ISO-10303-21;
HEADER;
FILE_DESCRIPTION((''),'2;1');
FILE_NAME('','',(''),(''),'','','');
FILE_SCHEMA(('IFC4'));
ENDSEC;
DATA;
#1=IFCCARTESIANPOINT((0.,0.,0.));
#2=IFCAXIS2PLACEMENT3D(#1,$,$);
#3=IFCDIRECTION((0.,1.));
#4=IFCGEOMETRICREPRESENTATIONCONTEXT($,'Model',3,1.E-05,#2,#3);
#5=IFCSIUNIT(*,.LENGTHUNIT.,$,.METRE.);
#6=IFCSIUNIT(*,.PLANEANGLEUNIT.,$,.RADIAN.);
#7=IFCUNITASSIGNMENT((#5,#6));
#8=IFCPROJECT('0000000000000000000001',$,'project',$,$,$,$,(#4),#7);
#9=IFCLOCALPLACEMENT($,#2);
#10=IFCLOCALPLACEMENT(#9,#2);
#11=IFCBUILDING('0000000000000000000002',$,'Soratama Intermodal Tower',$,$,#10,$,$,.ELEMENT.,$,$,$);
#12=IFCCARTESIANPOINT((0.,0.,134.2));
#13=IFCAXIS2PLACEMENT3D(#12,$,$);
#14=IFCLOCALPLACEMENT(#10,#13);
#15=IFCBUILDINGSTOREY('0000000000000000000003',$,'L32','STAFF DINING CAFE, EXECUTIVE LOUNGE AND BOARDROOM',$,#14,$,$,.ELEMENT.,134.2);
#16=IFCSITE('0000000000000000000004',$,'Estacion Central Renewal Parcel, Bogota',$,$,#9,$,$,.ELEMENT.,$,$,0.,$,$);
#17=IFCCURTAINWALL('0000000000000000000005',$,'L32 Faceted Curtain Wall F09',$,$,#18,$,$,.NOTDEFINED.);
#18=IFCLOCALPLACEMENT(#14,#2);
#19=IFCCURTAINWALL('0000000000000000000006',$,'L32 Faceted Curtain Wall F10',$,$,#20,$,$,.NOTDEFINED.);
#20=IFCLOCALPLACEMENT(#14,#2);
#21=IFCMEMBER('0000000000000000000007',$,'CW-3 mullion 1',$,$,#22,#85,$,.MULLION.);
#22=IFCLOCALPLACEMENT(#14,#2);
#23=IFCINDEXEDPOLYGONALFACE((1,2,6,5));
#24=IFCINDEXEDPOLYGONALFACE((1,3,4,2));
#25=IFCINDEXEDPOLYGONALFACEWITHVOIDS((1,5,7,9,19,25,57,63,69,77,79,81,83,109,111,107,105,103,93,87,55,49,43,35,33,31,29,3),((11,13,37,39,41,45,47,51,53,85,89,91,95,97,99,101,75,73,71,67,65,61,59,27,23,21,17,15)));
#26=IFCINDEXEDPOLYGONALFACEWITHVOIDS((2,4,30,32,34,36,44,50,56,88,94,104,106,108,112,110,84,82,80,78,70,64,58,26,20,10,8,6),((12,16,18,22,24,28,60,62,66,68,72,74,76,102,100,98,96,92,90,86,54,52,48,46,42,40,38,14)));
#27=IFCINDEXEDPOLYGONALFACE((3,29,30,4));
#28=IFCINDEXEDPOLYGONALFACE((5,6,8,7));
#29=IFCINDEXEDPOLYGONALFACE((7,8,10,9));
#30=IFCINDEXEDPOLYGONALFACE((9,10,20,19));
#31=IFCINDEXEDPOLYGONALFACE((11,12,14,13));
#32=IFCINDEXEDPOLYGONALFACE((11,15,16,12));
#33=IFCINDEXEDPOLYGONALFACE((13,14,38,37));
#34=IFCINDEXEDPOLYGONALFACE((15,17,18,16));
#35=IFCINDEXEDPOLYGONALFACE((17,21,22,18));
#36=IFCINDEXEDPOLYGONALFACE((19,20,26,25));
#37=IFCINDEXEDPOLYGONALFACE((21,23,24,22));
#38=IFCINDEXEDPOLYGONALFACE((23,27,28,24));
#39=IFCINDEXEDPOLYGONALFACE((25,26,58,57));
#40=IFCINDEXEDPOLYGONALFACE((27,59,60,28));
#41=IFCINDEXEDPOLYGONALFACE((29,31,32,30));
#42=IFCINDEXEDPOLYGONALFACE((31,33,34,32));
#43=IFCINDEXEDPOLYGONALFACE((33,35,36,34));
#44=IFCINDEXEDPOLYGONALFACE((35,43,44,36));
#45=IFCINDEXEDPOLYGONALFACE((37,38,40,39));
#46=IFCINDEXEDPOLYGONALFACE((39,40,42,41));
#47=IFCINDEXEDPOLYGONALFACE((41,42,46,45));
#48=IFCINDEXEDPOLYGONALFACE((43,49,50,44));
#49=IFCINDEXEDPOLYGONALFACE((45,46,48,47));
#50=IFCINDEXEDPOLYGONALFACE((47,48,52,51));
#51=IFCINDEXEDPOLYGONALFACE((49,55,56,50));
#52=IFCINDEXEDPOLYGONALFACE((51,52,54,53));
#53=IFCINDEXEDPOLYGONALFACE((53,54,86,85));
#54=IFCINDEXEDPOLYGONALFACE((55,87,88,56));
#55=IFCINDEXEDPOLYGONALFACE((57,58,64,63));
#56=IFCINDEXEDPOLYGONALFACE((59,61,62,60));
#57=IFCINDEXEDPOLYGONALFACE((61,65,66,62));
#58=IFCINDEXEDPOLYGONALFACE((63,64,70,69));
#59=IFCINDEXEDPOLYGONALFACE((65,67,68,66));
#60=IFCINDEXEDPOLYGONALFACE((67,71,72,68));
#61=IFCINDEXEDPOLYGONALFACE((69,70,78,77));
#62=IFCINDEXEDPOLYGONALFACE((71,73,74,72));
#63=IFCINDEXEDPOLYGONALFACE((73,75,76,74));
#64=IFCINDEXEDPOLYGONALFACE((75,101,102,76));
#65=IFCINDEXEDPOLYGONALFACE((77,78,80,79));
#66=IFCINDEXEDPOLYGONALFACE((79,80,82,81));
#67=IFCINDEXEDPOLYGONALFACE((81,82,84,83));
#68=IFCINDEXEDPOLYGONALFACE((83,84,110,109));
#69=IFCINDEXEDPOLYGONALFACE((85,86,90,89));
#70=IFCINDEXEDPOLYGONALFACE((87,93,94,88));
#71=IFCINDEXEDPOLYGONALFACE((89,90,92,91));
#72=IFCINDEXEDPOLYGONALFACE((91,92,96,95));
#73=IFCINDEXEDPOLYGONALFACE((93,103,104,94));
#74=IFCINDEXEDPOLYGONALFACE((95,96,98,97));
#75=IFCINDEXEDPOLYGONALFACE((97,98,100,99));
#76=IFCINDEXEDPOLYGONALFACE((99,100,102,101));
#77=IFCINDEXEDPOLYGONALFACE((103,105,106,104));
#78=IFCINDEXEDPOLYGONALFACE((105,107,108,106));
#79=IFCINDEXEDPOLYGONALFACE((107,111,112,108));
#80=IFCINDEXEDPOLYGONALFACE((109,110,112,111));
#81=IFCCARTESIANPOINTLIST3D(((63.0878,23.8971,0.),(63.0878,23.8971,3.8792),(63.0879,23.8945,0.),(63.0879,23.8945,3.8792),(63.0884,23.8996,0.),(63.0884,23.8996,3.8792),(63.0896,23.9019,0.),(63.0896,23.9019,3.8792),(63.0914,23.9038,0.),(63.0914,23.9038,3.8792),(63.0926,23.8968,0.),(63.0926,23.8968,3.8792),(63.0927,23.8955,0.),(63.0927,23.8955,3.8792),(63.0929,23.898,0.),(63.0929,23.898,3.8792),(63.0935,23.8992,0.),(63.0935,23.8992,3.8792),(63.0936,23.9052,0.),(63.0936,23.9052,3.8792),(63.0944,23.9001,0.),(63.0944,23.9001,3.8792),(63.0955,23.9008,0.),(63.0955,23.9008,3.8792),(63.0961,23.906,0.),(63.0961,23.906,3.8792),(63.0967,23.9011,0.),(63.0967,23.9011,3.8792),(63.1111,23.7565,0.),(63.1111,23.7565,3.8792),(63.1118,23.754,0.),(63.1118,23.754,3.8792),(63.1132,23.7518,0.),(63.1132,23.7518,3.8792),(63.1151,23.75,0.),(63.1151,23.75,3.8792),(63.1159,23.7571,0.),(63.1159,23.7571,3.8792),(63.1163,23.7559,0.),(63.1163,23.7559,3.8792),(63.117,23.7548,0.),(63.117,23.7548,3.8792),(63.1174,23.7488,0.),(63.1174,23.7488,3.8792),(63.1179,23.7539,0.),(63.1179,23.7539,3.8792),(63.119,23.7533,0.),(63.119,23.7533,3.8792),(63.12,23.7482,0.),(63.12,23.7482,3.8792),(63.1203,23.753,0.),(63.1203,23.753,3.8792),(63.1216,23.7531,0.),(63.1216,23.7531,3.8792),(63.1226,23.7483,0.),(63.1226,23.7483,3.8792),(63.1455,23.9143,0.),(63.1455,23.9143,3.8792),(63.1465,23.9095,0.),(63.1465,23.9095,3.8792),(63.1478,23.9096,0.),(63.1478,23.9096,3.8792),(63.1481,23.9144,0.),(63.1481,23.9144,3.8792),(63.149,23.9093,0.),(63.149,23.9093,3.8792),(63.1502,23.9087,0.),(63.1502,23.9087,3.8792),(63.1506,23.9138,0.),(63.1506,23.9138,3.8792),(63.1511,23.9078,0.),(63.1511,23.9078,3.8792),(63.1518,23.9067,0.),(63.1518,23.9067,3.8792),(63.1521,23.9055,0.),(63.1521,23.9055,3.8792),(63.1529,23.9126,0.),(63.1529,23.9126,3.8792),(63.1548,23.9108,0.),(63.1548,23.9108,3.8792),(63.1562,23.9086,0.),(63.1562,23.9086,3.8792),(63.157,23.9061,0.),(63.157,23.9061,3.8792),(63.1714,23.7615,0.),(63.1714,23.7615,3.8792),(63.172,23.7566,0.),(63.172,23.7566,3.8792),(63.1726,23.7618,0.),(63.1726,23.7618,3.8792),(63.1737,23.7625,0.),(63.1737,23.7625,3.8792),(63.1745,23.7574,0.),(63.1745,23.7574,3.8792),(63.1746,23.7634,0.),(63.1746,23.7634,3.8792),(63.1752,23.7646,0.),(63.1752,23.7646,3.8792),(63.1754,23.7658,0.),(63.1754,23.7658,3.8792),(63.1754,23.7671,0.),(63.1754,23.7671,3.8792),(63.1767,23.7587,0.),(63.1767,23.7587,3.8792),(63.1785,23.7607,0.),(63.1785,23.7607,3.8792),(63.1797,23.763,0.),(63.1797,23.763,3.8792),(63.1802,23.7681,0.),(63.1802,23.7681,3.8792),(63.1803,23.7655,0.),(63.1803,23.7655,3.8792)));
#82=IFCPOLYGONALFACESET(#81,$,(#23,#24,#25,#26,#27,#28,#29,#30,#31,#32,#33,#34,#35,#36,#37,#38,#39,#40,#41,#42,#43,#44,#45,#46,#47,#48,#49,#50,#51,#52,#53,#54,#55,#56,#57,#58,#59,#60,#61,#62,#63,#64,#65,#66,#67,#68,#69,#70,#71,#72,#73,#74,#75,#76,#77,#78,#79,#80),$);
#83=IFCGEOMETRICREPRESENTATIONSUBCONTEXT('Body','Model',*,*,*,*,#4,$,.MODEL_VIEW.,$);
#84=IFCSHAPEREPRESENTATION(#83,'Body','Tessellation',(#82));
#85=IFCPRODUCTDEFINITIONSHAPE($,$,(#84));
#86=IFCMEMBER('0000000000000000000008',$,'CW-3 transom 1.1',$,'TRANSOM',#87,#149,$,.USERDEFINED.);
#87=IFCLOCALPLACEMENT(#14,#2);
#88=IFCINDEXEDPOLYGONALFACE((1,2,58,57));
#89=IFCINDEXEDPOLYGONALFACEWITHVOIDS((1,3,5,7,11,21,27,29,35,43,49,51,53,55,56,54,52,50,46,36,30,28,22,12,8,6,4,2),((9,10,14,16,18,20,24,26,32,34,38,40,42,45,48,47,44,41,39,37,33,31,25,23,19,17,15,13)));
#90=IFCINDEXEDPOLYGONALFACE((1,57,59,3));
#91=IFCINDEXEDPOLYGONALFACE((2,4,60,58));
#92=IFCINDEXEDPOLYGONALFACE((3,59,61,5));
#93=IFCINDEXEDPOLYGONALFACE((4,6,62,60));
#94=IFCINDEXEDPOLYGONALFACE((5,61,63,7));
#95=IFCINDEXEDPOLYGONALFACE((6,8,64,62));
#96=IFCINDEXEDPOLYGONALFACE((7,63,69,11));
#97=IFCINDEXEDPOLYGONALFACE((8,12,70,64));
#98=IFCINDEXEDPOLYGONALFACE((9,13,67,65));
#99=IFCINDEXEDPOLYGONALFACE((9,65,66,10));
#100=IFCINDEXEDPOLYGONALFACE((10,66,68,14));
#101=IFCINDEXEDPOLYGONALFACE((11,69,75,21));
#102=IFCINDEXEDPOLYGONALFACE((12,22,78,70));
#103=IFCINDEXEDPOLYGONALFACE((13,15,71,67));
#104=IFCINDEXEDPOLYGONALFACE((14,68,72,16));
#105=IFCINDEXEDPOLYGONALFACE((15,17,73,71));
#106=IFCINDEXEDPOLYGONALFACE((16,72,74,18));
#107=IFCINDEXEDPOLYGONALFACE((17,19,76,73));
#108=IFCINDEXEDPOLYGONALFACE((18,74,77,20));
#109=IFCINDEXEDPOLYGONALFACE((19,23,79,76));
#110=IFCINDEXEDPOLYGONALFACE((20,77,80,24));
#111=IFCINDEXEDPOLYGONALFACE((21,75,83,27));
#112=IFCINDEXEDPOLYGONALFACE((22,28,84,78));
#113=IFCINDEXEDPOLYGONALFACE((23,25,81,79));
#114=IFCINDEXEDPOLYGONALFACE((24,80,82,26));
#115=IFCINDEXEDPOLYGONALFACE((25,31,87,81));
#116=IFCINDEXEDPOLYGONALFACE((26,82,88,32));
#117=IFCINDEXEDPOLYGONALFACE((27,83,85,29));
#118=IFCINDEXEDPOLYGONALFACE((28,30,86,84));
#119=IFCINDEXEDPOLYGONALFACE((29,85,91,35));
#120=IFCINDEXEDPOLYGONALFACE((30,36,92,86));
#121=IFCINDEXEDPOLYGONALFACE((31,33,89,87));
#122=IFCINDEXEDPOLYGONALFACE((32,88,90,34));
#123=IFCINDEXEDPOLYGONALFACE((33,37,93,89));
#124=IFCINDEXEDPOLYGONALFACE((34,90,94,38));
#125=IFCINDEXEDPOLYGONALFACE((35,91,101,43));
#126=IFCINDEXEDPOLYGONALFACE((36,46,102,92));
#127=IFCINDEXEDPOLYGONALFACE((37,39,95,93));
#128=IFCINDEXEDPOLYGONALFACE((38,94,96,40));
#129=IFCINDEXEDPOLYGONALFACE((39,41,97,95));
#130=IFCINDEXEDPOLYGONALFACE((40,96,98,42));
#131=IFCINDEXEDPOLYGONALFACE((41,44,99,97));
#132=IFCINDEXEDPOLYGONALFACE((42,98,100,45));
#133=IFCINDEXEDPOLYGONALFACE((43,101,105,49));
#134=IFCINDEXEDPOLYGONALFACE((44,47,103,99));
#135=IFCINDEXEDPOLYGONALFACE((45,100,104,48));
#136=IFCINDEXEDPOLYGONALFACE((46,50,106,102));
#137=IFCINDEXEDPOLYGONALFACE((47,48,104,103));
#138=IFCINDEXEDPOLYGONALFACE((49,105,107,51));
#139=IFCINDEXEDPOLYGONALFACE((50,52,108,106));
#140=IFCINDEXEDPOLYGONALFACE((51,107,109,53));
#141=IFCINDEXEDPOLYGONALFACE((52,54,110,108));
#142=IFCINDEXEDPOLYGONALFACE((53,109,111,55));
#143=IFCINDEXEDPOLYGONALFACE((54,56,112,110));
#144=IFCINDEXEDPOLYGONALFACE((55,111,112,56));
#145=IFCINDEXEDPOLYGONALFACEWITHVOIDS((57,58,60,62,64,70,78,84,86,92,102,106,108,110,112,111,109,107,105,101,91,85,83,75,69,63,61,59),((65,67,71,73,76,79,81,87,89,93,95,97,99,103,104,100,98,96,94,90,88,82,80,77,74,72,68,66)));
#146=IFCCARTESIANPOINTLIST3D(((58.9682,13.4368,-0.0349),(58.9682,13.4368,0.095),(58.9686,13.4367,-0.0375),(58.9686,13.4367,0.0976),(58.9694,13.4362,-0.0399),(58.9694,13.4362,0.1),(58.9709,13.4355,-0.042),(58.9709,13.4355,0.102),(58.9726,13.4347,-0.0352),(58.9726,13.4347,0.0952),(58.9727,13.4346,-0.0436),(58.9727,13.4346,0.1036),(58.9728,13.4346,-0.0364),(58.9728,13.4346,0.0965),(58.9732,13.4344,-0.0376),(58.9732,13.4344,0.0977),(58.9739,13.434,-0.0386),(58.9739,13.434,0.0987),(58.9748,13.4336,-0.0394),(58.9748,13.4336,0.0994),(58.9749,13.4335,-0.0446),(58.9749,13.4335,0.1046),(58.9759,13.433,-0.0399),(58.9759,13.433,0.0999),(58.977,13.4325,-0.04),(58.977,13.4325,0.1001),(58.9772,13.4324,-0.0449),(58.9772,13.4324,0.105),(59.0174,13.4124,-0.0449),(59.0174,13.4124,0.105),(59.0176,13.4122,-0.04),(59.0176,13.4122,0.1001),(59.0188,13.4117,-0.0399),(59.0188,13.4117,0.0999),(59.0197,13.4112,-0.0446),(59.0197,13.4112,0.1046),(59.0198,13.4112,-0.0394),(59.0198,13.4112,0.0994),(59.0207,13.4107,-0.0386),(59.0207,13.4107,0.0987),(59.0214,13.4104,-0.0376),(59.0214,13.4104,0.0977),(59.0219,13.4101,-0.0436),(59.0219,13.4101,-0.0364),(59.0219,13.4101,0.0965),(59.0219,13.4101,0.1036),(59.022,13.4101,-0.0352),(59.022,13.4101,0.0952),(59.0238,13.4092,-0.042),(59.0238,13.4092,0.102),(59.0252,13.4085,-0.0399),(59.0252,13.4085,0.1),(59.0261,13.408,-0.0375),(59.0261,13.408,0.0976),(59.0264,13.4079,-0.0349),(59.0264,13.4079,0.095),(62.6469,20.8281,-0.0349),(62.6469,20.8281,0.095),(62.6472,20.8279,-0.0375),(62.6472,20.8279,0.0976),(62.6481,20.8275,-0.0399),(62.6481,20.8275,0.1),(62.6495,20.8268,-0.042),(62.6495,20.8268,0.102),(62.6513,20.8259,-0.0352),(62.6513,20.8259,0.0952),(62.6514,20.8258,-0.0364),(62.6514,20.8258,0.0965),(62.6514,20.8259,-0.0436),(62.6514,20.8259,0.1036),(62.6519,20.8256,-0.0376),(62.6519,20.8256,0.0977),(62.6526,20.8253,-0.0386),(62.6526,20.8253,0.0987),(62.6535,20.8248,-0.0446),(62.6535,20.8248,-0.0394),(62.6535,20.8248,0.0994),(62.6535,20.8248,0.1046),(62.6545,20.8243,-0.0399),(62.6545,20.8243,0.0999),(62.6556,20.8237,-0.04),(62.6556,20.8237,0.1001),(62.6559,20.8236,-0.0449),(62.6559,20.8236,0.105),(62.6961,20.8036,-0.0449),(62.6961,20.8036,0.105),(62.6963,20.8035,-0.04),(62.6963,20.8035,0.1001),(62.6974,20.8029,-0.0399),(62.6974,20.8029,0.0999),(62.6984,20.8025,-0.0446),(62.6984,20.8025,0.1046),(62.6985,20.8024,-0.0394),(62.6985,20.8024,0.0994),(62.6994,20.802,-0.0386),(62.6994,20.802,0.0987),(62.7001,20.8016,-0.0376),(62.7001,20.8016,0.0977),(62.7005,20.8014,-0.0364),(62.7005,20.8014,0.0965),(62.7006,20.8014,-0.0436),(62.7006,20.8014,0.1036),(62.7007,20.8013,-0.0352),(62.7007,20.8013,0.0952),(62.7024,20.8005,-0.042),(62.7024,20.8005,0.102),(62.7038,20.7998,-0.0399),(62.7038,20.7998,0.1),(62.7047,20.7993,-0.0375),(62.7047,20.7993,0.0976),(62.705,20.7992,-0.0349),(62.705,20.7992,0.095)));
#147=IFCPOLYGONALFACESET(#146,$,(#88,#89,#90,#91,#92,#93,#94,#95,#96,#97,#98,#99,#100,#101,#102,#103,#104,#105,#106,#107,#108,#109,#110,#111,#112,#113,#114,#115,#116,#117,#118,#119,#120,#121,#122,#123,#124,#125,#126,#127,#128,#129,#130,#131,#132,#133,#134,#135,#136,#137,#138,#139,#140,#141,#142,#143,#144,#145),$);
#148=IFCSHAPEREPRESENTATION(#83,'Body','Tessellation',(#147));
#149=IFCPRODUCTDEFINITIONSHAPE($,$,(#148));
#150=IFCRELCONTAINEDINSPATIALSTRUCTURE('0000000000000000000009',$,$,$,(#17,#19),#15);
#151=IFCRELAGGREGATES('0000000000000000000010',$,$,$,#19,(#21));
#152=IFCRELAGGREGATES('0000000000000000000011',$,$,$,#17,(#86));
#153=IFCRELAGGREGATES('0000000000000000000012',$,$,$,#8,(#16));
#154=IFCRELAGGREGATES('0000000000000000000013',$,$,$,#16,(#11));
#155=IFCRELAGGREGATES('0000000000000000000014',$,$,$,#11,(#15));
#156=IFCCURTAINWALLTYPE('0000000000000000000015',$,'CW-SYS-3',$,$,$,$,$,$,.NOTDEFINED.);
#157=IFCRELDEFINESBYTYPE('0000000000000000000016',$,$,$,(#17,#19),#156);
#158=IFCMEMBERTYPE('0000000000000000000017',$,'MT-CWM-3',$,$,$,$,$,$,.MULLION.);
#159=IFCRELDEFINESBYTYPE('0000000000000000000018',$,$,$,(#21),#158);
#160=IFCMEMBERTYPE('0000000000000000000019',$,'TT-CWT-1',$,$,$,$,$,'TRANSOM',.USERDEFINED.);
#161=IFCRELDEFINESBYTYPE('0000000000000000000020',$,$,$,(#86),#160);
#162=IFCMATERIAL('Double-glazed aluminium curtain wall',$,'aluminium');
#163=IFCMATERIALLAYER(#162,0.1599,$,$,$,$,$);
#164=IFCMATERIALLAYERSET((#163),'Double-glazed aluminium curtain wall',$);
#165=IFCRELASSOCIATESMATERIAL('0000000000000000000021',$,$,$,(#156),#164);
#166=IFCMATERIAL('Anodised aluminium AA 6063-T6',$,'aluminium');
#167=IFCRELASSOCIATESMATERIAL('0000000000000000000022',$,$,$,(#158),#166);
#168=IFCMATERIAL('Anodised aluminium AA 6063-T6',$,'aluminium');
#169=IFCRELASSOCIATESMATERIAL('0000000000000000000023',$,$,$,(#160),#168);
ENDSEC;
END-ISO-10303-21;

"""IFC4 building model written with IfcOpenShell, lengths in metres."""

from ifc_helpers import new_model, si_unit, direction, frame, origin, origin_2d, place, context, subcontext, project, spatial, hollow_rectangle, extrude, material, layer, layer_set, material_profile, profile_set, type_object, element, aggregate, save


model = new_model("IFC4")

# Units and contexts
model_context = context("Model", 3, precision=1e-05, world=origin(), true_north=direction((0.0, 1.0)))
body_context = subcontext(model_context, "Body", "Model", "MODEL_VIEW")
ifc_project = project(units=[si_unit("LENGTHUNIT", "METRE"), si_unit("PLANEANGLEUNIT", "RADIAN")], contexts=[model_context])

# Site, building, storey
site_placement = place(None, origin())
site = spatial("IfcSite", under=ifc_project, at=site_placement, Name="Estacion Central Renewal Parcel, Bogota", CompositionType="ELEMENT", RefElevation=0.0)
building_placement = place(site_placement, origin())
building = spatial("IfcBuilding", under=site, at=building_placement, Name="Soratama Intermodal Tower", CompositionType="ELEMENT")
storey_placement = place(building_placement, frame((0.0, 0.0, 134.2)))
storey = spatial("IfcBuildingStorey", under=building, at=storey_placement, Name="L32", Description="STAFF DINING CAFE, EXECUTIVE LOUNGE AND BOARDROOM", CompositionType="ELEMENT", Elevation=134.2)

# Curtain wall
ifc_material_1 = material(Name="Double-glazed aluminium curtain wall", Category="aluminium")
ifc_layer_1 = layer(ifc_material_1, 0.1599)
ifc_layer_set_1 = layer_set([ifc_layer_1], Name="Double-glazed aluminium curtain wall")
curtain_wall_type = type_object("IfcCurtainWallType", Name="CW-SYS-3", PredefinedType="NOTDEFINED", material=ifc_layer_set_1)
curtain_wall_1_placement = place(storey_placement, origin())
curtain_wall_1 = element("IfcCurtainWall", 1, at=curtain_wall_1_placement, inside=storey, type_object=curtain_wall_type, Name="L32 Faceted Curtain Wall F09", PredefinedType="NOTDEFINED")
ifc_material_2 = material(Name="Anodised aluminium AA 6063-T6", Category="aluminium")
ifc_material_profile_1 = material_profile(ifc_material_2, hollow_rectangle(XDim=0.0701, YDim=0.1599, WallThickness=0.0049, InnerFilletRadius=0.0049, OuterFilletRadius=0.01, at=origin_2d()), Name="CWM160X70X5")
ifc_profile_set_1 = profile_set([ifc_material_profile_1], Name="Anodised aluminium AA 6063-T6")
member_type_1 = type_object("IfcMemberType", Name="MT-CWM-3", PredefinedType="MULLION", material=ifc_profile_set_1)

# Curtain wall, member
curtain_wall_2_placement = place(storey_placement, origin())
curtain_wall_2 = element("IfcCurtainWall", 2, at=curtain_wall_2_placement, inside=storey, type_object=curtain_wall_type, Name="L32 Faceted Curtain Wall F10", PredefinedType="NOTDEFINED")
member_1_placement = place(storey_placement, frame((63.134, 23.8313, 0.0), z_axis=(0.0, 0.0, 1.0), x_axis=(-0.986171, -0.165731, 0.0)))
member_1 = element("IfcMember", 3, at=member_1_placement, type_object=member_type_1, Name="CW-3 mullion 1", PredefinedType="MULLION", context=body_context, shape_type="SweptSolid", body=[
    extrude(hollow_rectangle(XDim=0.0701, YDim=0.1599, WallThickness=0.0049, InnerFilletRadius=0.0049, OuterFilletRadius=0.01, at=origin_2d()), origin(), (0.0, 0.0, 1.0), 3.8792),
])
aggregate(curtain_wall_2, [member_1])

# Member
ifc_material_3 = material(Name="Anodised aluminium AA 6063-T6", Category="aluminium")
ifc_material_profile_2 = material_profile(ifc_material_3, hollow_rectangle(XDim=0.0649, YDim=0.1499, WallThickness=0.0049, InnerFilletRadius=0.0049, OuterFilletRadius=0.01, at=origin_2d()), Name="CWT150X65X5")
ifc_profile_set_2 = profile_set([ifc_material_profile_2], Name="Anodised aluminium AA 6063-T6")
member_type_2 = type_object("IfcMemberType", Name="TT-CWT-1", ElementType="TRANSOM", PredefinedType="USERDEFINED", material=ifc_profile_set_2)
member_2_placement = place(storey_placement, frame((58.9973, 13.4224, 0.03), z_axis=(0.445569, 0.895248, 0.0), x_axis=(-0.895248, 0.445569, 0.0)))
member_2 = element("IfcMember", 4, at=member_2_placement, type_object=member_type_2, Name="CW-3 transom 1.1", ObjectType="TRANSOM", PredefinedType="USERDEFINED", context=body_context, shape_type="SweptSolid", body=[
    extrude(hollow_rectangle(XDim=0.0649, YDim=0.1499, WallThickness=0.0049, InnerFilletRadius=0.0049, OuterFilletRadius=0.01, at=origin_2d()), origin(), (0.0, 0.0, 1.0), 8.2561),
])

aggregate(curtain_wall_1, [member_2])

save(model, "model.ifc")
